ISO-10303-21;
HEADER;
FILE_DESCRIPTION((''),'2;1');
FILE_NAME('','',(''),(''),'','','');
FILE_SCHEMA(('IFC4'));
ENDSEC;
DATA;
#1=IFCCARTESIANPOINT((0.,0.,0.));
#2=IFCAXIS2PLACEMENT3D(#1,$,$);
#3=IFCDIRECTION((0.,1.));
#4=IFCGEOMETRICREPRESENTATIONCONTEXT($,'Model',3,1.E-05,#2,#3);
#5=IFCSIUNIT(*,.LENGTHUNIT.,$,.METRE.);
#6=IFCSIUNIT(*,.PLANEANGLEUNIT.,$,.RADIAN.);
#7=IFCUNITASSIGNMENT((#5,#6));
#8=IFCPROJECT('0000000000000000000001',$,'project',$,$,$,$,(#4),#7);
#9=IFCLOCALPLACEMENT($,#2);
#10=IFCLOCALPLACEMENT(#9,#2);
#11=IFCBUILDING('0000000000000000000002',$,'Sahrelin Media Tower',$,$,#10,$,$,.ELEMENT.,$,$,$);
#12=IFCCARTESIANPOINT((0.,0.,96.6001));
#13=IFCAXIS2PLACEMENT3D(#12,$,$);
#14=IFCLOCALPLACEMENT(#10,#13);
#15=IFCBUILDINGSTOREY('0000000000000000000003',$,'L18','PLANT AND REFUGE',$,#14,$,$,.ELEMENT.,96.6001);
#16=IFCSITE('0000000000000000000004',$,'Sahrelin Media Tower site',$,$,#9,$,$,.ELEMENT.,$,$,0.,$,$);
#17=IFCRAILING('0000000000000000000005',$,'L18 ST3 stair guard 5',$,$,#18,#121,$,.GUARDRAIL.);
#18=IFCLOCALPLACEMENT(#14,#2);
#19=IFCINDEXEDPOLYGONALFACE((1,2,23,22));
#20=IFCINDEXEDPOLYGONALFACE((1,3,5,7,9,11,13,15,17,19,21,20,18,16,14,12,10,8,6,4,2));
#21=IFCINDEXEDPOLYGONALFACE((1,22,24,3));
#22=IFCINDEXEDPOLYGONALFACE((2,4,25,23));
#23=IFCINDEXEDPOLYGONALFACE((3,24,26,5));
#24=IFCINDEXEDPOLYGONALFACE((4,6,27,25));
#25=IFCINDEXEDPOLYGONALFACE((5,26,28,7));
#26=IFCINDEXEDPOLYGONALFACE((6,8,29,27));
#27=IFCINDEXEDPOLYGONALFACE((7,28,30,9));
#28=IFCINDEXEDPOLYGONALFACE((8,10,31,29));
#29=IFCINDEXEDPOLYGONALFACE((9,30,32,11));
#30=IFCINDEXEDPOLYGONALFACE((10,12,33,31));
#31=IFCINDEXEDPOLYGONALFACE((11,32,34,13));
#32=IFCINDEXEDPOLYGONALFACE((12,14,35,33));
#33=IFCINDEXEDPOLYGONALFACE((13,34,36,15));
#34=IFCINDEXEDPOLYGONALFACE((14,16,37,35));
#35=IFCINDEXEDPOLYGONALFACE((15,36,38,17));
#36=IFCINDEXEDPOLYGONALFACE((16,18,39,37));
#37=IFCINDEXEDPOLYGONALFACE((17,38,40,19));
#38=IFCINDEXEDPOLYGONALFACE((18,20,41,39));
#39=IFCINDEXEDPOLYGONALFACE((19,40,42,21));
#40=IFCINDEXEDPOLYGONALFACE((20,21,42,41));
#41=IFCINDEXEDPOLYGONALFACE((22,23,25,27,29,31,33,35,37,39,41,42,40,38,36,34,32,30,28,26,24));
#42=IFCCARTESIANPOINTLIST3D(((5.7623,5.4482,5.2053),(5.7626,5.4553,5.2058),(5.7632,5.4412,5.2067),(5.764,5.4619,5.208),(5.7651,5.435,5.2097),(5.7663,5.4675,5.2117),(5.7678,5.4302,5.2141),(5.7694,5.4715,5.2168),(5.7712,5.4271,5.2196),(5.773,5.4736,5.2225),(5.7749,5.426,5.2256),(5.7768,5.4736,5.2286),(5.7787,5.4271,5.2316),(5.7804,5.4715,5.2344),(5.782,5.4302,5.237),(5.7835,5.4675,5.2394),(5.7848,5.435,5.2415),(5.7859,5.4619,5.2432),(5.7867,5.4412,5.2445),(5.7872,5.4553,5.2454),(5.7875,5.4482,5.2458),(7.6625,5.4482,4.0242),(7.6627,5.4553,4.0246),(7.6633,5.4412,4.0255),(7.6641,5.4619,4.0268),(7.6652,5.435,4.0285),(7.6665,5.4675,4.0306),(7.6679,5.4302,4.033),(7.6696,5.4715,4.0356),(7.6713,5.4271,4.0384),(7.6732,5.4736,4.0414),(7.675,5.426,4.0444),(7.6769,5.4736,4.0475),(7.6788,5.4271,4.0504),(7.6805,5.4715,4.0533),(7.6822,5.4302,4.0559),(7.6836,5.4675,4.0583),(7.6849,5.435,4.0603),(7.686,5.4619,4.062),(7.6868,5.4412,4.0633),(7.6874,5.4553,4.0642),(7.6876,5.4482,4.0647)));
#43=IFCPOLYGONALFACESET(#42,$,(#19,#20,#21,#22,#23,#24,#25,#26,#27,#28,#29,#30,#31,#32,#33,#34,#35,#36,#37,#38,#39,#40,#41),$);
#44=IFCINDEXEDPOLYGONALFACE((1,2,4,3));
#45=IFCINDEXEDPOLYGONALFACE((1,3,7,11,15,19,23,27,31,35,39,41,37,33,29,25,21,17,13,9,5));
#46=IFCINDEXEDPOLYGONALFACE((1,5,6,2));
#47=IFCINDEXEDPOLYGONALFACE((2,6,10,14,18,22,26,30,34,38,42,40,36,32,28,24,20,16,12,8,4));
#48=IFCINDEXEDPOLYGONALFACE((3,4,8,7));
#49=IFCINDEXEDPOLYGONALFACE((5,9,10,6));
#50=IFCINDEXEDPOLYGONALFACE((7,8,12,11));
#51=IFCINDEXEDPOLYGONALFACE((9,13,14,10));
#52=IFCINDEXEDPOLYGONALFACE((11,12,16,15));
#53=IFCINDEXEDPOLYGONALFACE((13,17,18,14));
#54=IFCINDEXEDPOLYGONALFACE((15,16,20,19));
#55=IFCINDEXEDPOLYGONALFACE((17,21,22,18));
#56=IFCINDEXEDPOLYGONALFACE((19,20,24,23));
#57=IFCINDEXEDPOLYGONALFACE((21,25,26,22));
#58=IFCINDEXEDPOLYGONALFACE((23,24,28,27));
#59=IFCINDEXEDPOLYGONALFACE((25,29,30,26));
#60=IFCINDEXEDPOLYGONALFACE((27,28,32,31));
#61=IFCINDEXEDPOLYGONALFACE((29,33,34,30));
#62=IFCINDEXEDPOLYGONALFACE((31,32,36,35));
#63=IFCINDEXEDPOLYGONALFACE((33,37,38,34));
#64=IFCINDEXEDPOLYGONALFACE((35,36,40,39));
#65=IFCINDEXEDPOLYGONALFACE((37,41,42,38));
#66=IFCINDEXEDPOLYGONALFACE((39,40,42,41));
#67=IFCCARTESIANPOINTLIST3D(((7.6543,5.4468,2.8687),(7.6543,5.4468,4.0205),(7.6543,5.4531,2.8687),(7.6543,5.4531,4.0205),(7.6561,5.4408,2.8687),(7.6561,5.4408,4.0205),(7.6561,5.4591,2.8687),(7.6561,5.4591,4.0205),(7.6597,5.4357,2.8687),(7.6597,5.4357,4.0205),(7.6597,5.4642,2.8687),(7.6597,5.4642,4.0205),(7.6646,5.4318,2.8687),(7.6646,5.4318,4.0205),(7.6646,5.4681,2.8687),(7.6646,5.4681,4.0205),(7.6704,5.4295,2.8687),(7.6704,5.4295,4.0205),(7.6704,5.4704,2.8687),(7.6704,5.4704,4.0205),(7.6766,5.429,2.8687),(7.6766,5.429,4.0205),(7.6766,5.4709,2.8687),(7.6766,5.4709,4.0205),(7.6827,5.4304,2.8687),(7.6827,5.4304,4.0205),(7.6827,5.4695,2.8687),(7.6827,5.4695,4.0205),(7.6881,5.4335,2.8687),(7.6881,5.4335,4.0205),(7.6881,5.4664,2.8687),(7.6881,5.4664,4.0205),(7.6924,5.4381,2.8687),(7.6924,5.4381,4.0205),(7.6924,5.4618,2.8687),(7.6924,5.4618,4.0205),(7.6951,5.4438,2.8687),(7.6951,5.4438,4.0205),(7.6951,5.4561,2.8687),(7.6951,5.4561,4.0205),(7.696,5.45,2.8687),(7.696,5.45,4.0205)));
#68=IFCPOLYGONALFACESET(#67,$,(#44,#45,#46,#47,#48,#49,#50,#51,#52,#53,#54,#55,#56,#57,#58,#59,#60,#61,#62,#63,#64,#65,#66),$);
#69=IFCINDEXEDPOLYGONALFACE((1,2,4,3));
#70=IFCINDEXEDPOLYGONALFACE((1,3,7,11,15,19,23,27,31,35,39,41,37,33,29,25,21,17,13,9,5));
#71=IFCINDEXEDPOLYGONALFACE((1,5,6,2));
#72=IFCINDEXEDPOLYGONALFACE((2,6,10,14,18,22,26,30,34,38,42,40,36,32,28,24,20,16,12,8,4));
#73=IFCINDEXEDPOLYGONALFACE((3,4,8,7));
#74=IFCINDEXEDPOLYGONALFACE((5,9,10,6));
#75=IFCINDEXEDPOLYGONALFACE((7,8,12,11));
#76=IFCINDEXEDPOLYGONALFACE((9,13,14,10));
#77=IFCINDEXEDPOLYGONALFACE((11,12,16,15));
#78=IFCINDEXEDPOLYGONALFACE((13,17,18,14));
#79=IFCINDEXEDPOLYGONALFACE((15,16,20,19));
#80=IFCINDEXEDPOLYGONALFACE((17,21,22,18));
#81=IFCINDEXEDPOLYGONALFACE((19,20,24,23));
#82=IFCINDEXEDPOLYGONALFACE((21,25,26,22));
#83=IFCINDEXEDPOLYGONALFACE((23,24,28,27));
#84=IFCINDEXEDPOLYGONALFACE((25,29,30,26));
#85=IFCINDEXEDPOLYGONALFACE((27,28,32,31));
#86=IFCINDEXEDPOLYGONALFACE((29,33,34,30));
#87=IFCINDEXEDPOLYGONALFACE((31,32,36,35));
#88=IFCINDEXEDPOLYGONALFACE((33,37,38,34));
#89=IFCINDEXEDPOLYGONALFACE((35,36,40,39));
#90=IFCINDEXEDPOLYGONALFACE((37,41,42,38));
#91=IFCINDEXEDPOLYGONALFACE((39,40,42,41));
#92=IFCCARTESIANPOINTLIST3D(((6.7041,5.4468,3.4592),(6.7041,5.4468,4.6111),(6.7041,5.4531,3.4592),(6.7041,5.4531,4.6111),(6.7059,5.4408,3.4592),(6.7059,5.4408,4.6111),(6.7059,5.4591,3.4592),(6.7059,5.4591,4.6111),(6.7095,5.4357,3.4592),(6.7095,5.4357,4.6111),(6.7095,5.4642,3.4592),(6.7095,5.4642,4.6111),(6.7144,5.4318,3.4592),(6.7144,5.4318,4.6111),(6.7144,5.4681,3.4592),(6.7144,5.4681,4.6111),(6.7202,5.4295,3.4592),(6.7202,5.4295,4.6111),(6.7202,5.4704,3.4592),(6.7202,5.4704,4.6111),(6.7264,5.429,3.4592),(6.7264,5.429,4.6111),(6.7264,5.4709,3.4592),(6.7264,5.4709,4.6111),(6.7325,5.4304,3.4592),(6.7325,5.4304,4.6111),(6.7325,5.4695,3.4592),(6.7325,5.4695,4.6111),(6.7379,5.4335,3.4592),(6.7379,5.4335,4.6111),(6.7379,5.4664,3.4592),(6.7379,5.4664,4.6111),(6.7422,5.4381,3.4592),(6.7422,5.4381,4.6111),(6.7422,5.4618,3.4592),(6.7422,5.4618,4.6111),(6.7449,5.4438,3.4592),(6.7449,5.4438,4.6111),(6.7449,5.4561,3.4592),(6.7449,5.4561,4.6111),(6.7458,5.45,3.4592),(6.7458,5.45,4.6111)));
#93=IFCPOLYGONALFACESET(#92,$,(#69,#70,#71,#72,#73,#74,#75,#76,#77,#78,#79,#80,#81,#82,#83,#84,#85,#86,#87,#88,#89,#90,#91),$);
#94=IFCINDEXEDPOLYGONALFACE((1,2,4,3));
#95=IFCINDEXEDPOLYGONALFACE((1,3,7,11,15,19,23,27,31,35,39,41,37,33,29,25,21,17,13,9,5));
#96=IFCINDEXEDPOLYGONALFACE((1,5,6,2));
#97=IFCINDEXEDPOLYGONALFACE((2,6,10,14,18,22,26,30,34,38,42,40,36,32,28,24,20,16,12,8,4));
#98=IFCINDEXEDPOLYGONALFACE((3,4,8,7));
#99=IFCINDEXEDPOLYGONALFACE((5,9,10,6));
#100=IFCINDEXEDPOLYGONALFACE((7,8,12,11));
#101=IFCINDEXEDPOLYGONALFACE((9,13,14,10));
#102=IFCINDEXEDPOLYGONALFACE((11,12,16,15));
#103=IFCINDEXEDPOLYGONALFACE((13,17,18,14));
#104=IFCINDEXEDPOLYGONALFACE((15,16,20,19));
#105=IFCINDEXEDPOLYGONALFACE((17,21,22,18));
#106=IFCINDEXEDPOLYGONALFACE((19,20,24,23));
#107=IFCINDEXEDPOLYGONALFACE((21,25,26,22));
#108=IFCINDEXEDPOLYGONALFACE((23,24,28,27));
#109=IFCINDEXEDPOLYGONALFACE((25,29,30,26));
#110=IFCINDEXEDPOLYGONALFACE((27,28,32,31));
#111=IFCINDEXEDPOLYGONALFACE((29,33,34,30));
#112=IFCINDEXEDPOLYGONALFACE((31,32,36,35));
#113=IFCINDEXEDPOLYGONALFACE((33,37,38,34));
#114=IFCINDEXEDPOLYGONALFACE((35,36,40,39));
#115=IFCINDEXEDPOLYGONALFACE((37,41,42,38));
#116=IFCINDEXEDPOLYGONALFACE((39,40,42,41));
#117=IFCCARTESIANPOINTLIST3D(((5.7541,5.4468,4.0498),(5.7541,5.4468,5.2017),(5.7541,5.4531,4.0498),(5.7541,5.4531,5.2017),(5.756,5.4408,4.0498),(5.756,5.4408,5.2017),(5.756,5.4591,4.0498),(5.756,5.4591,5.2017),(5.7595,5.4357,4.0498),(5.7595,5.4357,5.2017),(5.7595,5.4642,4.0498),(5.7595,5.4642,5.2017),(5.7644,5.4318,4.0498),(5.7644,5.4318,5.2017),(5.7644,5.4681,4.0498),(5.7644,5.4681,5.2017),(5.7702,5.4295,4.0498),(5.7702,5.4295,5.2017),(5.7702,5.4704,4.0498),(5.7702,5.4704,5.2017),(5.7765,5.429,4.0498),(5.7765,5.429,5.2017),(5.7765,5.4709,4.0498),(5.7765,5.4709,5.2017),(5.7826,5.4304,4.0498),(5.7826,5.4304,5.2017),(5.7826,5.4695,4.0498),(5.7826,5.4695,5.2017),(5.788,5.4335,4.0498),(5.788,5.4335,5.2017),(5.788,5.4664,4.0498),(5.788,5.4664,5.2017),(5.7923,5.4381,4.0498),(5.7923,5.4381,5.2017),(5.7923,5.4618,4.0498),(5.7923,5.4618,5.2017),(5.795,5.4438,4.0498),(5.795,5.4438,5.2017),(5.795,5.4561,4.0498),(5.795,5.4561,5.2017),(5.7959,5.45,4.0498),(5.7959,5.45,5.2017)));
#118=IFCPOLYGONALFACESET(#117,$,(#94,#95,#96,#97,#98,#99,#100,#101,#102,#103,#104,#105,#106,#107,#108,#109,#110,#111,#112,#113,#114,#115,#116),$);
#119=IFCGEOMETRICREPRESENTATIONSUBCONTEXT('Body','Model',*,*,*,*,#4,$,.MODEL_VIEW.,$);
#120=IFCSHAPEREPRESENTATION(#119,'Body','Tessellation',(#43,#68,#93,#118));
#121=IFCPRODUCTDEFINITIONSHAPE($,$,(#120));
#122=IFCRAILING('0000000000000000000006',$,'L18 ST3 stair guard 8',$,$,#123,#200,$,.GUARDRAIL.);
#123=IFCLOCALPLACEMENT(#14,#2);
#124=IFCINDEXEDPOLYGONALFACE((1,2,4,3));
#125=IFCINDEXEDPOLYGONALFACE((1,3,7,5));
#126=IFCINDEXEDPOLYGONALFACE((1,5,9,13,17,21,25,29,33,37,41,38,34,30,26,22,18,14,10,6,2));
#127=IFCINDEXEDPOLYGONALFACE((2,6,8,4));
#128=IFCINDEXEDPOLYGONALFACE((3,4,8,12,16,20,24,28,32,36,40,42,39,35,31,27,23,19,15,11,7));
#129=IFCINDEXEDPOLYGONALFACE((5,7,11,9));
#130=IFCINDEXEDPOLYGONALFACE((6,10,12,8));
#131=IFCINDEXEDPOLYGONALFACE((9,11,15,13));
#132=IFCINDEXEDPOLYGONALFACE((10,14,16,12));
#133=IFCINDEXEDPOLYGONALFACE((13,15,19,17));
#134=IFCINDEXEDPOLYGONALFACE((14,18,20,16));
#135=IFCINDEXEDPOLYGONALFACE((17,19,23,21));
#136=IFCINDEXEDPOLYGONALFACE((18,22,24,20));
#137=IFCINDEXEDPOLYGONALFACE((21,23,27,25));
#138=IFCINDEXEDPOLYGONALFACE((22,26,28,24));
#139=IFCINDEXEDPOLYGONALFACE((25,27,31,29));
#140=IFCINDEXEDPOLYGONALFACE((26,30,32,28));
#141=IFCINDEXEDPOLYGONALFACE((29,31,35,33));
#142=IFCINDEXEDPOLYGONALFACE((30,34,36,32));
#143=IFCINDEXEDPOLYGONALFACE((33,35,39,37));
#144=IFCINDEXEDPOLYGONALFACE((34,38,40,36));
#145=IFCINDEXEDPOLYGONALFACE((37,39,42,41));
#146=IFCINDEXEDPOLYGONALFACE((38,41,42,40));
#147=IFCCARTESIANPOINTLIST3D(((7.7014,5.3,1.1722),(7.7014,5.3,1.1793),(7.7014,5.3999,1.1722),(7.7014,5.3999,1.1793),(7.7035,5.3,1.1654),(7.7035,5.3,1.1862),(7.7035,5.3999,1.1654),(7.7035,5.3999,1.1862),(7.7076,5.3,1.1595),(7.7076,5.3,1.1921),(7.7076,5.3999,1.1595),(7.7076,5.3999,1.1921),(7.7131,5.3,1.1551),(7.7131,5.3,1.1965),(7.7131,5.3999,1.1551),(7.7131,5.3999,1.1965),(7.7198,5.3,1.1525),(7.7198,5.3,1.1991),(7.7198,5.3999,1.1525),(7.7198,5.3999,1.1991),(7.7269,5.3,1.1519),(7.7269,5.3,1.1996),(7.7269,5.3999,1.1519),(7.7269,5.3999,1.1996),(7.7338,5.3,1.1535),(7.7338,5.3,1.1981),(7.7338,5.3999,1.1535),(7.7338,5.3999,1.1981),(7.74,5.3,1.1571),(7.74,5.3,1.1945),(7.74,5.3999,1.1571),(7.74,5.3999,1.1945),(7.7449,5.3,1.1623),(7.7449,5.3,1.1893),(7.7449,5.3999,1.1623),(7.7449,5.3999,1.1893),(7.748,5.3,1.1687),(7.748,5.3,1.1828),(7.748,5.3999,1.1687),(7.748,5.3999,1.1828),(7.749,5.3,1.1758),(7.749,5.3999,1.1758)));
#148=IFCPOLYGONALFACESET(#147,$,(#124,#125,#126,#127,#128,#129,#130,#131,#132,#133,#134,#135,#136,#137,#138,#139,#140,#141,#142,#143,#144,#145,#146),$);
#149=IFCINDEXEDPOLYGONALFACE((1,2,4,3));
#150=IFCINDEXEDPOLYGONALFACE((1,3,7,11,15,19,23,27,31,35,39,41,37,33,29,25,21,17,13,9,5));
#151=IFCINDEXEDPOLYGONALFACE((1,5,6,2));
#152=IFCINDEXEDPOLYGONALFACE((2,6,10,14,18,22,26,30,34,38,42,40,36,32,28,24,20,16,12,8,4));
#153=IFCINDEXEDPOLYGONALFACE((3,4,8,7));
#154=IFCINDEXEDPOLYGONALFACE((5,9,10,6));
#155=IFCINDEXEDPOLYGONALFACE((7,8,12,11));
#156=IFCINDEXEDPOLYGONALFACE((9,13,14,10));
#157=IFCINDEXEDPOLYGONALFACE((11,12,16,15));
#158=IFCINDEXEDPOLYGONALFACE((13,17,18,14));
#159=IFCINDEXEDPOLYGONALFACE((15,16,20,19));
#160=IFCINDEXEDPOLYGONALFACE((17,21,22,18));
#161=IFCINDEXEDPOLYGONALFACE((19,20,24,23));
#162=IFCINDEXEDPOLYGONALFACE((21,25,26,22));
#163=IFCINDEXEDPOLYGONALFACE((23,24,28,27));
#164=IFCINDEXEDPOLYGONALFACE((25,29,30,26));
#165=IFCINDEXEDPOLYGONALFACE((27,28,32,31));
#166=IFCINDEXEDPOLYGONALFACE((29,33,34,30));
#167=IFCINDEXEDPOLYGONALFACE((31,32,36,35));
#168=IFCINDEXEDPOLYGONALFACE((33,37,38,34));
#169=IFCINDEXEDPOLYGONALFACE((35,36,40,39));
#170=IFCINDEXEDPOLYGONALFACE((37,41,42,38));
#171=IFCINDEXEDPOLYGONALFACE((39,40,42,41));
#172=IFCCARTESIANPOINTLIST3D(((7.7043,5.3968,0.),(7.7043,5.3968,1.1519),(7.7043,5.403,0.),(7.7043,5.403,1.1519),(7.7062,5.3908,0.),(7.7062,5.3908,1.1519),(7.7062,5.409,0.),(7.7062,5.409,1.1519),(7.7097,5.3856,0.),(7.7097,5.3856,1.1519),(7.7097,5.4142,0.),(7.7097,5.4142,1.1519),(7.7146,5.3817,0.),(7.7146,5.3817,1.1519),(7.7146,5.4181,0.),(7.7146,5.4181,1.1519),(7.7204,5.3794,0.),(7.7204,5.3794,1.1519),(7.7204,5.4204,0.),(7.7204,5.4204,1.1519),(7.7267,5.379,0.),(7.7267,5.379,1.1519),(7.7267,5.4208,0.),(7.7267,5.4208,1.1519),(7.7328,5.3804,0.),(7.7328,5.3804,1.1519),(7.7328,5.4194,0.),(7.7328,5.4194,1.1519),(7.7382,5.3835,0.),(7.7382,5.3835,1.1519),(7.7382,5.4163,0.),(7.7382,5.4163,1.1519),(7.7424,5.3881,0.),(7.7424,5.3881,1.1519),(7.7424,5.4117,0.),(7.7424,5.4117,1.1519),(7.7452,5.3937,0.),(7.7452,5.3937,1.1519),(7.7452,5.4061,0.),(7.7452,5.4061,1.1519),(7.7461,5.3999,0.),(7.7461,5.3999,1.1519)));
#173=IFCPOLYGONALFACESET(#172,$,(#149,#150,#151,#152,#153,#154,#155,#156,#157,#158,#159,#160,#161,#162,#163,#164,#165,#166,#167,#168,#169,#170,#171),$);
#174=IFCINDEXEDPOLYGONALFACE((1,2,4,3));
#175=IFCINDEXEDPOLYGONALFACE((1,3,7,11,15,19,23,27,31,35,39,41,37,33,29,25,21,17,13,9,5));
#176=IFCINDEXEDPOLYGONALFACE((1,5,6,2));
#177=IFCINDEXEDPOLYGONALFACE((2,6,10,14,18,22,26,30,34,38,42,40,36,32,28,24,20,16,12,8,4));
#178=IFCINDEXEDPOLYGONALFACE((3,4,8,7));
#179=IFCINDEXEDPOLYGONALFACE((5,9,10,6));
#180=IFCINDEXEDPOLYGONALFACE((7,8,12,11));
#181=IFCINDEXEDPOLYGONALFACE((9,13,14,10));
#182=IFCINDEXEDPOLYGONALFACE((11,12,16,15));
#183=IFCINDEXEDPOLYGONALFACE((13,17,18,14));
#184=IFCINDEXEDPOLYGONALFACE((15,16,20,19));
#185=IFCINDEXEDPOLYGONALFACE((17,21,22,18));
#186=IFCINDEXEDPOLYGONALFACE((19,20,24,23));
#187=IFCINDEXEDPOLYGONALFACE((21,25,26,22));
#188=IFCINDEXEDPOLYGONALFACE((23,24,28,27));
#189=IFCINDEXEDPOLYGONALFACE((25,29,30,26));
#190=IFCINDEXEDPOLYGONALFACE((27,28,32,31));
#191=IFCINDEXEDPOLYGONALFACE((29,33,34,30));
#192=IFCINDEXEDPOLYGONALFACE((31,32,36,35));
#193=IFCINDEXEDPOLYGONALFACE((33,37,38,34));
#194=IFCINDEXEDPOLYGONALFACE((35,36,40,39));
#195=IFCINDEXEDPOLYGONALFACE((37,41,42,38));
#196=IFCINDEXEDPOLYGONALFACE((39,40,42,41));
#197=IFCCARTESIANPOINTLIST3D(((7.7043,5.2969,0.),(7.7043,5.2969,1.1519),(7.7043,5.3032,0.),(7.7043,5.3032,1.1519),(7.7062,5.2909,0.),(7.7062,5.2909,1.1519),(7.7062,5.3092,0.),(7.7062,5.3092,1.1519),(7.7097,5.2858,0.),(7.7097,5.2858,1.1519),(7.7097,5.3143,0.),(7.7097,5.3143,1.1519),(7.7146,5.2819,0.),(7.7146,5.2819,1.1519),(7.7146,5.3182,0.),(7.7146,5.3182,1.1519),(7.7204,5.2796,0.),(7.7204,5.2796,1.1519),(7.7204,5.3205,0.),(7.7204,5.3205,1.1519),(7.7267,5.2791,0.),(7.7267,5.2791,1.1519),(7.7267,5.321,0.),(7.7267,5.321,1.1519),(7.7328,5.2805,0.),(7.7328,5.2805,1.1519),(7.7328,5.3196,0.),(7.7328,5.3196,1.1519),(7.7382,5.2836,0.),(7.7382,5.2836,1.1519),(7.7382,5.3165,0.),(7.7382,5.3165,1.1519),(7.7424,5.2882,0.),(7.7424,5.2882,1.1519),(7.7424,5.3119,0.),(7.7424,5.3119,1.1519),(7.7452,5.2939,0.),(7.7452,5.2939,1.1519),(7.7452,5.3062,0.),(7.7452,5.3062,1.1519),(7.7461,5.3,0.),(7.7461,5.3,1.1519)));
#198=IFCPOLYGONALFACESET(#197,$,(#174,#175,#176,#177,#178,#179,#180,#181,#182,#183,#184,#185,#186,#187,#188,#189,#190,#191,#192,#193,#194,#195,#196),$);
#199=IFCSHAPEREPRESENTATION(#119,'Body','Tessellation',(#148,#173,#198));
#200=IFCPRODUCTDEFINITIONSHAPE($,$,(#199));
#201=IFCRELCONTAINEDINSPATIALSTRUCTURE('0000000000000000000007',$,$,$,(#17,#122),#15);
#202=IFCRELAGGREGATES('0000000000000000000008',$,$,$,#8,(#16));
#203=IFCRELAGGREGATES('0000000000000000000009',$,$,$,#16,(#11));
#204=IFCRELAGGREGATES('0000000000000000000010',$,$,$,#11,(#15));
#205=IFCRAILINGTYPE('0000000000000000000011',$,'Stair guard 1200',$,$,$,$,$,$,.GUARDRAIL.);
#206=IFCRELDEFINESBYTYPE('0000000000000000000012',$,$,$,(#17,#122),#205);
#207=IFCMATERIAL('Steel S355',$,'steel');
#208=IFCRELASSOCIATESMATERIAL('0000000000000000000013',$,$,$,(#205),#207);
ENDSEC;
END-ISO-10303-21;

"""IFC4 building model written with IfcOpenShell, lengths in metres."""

from ifc_helpers import new_model, si_unit, direction, frame, origin, origin_2d, place, context, subcontext, project, spatial, circle, extrude, material, type_object, element, save


model = new_model("IFC4")

# Units and contexts
model_context = context("Model", 3, precision=1e-05, world=origin(), true_north=direction((0.0, 1.0)))
body_context = subcontext(model_context, "Body", "Model", "MODEL_VIEW")
ifc_project = project(units=[si_unit("LENGTHUNIT", "METRE"), si_unit("PLANEANGLEUNIT", "RADIAN")], contexts=[model_context])

# Site, building, storey
site_placement = place(None, origin())
site = spatial("IfcSite", under=ifc_project, at=site_placement, Name="Sahrelin Media Tower site", CompositionType="ELEMENT", RefElevation=0.0)
building_placement = place(site_placement, origin())
building = spatial("IfcBuilding", under=site, at=building_placement, Name="Sahrelin Media Tower", CompositionType="ELEMENT")
storey_placement = place(building_placement, frame((0.0, 0.0, 96.6001)))
storey = spatial("IfcBuildingStorey", under=building, at=storey_placement, Name="L18", Description="PLANT AND REFUGE", CompositionType="ELEMENT", Elevation=96.6001)

# Shared definitions
ifc_material_1 = material(Name="Steel S355", Category="steel")

# Railings
railing_type_1 = type_object("IfcRailingType", Name="Stair guard 1200", PredefinedType="GUARDRAIL", material=ifc_material_1)
railing_1_placement = place(storey_placement, frame((7.675, 5.45, 2.8687)))
element("IfcRailing", 1, at=railing_1_placement, inside=storey, type_object=railing_type_1, Name="L18 ST3 stair guard 5", PredefinedType="GUARDRAIL", context=body_context, shape_type="SweptSolid", body=[
    extrude(circle(Radius=0.0239, at=origin_2d()), frame((0.0, 0.0, 1.1758), z_axis=(-0.849289, 0.0, 0.527928), x_axis=(0.0, -1.0, 0.0)), (0.0, 0.0, 1.0), 2.2373),
    extrude(circle(Radius=0.021, at=origin_2d()), origin(), (0.0, 0.0, 1.0), 1.1519),
    extrude(circle(Radius=0.021, at=origin_2d()), frame((-0.9502, 0.0, 0.5906)), (0.0, 0.0, 1.0), 1.1519),
    extrude(circle(Radius=0.021, at=origin_2d()), frame((-1.9001, 0.0, 1.1812)), (0.0, 0.0, 1.0), 1.1519),
])
railing_2_placement = place(storey_placement, frame((7.7251, 5.3999, 0.0)))
element("IfcRailing", 2, at=railing_2_placement, inside=storey, type_object=railing_type_1, Name="L18 ST3 stair guard 8", PredefinedType="GUARDRAIL", context=body_context, shape_type="SweptSolid", body=[
    extrude(circle(Radius=0.0239, at=origin_2d()), frame((0.0, 0.0, 1.1758), z_axis=(0.0, -1.0, 0.0), x_axis=(1.0, 0.0, 0.0)), (0.0, 0.0, 1.0), 0.0999),
    extrude(circle(Radius=0.021, at=origin_2d()), origin(), (0.0, 0.0, 1.0), 1.1519),
    extrude(circle(Radius=0.021, at=origin_2d()), frame((0.0, -0.0999, 0.0)), (0.0, 0.0, 1.0), 1.1519),
])

save(model, "model.ifc")
